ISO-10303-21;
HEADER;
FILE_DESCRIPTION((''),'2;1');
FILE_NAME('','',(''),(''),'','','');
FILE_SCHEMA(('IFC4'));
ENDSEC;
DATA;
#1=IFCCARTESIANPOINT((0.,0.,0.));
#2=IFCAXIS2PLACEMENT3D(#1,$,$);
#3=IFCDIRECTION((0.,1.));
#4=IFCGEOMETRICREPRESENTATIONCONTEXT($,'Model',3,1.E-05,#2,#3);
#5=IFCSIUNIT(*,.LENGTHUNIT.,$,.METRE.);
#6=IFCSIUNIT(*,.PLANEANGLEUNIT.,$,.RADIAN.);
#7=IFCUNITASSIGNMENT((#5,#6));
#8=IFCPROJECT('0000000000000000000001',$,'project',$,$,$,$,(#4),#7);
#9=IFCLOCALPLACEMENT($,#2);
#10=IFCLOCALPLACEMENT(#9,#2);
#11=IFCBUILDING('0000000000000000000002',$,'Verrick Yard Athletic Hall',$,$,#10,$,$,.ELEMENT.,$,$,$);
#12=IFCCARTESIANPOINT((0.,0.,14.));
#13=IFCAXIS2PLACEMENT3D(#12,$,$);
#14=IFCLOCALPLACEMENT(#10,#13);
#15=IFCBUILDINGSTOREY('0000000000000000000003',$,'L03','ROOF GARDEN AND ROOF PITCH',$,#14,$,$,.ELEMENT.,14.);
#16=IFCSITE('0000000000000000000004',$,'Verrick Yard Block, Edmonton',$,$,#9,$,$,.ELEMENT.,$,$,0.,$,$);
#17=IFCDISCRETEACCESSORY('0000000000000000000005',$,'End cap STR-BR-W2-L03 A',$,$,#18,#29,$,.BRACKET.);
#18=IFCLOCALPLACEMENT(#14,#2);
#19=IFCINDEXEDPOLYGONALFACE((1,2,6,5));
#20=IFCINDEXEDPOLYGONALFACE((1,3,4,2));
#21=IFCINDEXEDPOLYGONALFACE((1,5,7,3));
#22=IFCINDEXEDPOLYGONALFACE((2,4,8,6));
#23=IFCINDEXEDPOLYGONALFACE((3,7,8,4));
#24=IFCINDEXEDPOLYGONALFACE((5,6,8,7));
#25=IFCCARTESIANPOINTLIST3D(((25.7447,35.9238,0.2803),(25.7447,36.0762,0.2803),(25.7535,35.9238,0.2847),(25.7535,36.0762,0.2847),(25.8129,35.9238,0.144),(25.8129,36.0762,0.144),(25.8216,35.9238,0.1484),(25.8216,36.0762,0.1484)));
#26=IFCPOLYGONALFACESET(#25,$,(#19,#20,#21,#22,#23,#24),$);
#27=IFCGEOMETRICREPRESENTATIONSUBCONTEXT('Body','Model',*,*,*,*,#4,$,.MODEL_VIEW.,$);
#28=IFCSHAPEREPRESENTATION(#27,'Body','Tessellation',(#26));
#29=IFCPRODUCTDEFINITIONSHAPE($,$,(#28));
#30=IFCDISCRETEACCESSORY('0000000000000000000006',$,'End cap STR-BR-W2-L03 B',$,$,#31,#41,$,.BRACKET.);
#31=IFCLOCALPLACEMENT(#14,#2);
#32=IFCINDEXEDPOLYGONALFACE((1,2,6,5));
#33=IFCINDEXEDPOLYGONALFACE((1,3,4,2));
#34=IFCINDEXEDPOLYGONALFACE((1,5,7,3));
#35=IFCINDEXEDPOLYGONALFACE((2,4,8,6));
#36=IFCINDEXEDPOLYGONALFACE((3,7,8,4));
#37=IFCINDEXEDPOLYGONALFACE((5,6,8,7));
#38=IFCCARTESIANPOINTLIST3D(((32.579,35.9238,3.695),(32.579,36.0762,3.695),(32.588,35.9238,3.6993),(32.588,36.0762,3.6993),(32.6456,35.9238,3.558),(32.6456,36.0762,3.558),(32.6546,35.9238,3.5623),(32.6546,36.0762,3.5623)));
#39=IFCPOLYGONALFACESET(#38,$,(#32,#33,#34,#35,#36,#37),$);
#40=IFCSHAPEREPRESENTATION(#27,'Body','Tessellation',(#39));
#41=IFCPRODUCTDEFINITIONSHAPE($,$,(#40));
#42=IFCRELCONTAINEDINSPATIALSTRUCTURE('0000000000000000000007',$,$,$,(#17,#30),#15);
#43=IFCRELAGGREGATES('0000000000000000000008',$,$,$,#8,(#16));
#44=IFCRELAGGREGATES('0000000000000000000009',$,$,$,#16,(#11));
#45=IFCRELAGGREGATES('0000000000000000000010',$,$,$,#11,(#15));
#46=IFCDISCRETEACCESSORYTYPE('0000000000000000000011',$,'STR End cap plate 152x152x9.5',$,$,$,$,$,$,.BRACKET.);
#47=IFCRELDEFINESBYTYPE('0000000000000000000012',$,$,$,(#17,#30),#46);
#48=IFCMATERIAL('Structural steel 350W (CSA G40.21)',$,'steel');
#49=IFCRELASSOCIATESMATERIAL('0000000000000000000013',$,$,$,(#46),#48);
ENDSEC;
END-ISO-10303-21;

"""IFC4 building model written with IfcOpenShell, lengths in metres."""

from ifc_helpers import new_model, si_unit, direction, frame, origin, origin_2d, place, context, subcontext, project, spatial, rectangle, extrude, material, material_profile, profile_set, type_object, element, save


model = new_model("IFC4")

# Units and contexts
model_context = context("Model", 3, precision=1e-05, world=origin(), true_north=direction((0.0, 1.0)))
body_context = subcontext(model_context, "Body", "Model", "MODEL_VIEW")
ifc_project = project(units=[si_unit("LENGTHUNIT", "METRE"), si_unit("PLANEANGLEUNIT", "RADIAN")], contexts=[model_context])

# Site, building, storey
site_placement = place(None, origin())
site = spatial("IfcSite", under=ifc_project, at=site_placement, Name="Verrick Yard Block, Edmonton", CompositionType="ELEMENT", RefElevation=0.0)
building_placement = place(site_placement, origin())
building = spatial("IfcBuilding", under=site, at=building_placement, Name="Verrick Yard Athletic Hall", CompositionType="ELEMENT")
storey_placement = place(building_placement, frame((0.0, 0.0, 14.0)))
storey = spatial("IfcBuildingStorey", under=building, at=storey_placement, Name="L03", Description="ROOF GARDEN AND ROOF PITCH", CompositionType="ELEMENT", Elevation=14.0)

# Shared definitions
ifc_material_1 = material(Name="Structural steel 350W (CSA G40.21)", Category="steel")

# Discrete accessories
ifc_material_profile_1 = material_profile(ifc_material_1, rectangle(XDim=0.1523, YDim=0.1523, at=origin_2d()), Name="STR End cap plate 152x152x9.5")
ifc_profile_set_1 = profile_set([ifc_material_profile_1], Name="Structural steel 350W (CSA G40.21)")
discrete_accessory_type = type_object("IfcDiscreteAccessoryType", Name="STR End cap plate 152x152x9.5", PredefinedType="BRACKET", material=ifc_profile_set_1)
discrete_accessory_1_placement = place(storey_placement, frame((25.7788, 36.0, 0.2122), z_axis=(0.894427, 0.0, 0.447214), x_axis=(0.0, 1.0, 0.0)))
element("IfcDiscreteAccessory", 1, at=discrete_accessory_1_placement, inside=storey, type_object=discrete_accessory_type, Name="End cap STR-BR-W2-L03 A", PredefinedType="BRACKET", context=body_context, shape_type="SweptSolid", body=[
    extrude(rectangle(XDim=0.1523, YDim=0.1523, at=origin_2d()), origin(), (0.0, 0.0, 1.0), 0.0098),
])
discrete_accessory_2_placement = place(storey_placement, frame((32.6123, 36.0, 3.6265), z_axis=(0.899235, 0.0, 0.437466), x_axis=(0.0, 1.0, 0.0)))
element("IfcDiscreteAccessory", 2, at=discrete_accessory_2_placement, inside=storey, type_object=discrete_accessory_type, Name="End cap STR-BR-W2-L03 B", PredefinedType="BRACKET", context=body_context, shape_type="SweptSolid", body=[
    extrude(rectangle(XDim=0.1523, YDim=0.1523, at=origin_2d()), origin(), (0.0, 0.0, 1.0), 0.01),
])

save(model, "model.ifc")
